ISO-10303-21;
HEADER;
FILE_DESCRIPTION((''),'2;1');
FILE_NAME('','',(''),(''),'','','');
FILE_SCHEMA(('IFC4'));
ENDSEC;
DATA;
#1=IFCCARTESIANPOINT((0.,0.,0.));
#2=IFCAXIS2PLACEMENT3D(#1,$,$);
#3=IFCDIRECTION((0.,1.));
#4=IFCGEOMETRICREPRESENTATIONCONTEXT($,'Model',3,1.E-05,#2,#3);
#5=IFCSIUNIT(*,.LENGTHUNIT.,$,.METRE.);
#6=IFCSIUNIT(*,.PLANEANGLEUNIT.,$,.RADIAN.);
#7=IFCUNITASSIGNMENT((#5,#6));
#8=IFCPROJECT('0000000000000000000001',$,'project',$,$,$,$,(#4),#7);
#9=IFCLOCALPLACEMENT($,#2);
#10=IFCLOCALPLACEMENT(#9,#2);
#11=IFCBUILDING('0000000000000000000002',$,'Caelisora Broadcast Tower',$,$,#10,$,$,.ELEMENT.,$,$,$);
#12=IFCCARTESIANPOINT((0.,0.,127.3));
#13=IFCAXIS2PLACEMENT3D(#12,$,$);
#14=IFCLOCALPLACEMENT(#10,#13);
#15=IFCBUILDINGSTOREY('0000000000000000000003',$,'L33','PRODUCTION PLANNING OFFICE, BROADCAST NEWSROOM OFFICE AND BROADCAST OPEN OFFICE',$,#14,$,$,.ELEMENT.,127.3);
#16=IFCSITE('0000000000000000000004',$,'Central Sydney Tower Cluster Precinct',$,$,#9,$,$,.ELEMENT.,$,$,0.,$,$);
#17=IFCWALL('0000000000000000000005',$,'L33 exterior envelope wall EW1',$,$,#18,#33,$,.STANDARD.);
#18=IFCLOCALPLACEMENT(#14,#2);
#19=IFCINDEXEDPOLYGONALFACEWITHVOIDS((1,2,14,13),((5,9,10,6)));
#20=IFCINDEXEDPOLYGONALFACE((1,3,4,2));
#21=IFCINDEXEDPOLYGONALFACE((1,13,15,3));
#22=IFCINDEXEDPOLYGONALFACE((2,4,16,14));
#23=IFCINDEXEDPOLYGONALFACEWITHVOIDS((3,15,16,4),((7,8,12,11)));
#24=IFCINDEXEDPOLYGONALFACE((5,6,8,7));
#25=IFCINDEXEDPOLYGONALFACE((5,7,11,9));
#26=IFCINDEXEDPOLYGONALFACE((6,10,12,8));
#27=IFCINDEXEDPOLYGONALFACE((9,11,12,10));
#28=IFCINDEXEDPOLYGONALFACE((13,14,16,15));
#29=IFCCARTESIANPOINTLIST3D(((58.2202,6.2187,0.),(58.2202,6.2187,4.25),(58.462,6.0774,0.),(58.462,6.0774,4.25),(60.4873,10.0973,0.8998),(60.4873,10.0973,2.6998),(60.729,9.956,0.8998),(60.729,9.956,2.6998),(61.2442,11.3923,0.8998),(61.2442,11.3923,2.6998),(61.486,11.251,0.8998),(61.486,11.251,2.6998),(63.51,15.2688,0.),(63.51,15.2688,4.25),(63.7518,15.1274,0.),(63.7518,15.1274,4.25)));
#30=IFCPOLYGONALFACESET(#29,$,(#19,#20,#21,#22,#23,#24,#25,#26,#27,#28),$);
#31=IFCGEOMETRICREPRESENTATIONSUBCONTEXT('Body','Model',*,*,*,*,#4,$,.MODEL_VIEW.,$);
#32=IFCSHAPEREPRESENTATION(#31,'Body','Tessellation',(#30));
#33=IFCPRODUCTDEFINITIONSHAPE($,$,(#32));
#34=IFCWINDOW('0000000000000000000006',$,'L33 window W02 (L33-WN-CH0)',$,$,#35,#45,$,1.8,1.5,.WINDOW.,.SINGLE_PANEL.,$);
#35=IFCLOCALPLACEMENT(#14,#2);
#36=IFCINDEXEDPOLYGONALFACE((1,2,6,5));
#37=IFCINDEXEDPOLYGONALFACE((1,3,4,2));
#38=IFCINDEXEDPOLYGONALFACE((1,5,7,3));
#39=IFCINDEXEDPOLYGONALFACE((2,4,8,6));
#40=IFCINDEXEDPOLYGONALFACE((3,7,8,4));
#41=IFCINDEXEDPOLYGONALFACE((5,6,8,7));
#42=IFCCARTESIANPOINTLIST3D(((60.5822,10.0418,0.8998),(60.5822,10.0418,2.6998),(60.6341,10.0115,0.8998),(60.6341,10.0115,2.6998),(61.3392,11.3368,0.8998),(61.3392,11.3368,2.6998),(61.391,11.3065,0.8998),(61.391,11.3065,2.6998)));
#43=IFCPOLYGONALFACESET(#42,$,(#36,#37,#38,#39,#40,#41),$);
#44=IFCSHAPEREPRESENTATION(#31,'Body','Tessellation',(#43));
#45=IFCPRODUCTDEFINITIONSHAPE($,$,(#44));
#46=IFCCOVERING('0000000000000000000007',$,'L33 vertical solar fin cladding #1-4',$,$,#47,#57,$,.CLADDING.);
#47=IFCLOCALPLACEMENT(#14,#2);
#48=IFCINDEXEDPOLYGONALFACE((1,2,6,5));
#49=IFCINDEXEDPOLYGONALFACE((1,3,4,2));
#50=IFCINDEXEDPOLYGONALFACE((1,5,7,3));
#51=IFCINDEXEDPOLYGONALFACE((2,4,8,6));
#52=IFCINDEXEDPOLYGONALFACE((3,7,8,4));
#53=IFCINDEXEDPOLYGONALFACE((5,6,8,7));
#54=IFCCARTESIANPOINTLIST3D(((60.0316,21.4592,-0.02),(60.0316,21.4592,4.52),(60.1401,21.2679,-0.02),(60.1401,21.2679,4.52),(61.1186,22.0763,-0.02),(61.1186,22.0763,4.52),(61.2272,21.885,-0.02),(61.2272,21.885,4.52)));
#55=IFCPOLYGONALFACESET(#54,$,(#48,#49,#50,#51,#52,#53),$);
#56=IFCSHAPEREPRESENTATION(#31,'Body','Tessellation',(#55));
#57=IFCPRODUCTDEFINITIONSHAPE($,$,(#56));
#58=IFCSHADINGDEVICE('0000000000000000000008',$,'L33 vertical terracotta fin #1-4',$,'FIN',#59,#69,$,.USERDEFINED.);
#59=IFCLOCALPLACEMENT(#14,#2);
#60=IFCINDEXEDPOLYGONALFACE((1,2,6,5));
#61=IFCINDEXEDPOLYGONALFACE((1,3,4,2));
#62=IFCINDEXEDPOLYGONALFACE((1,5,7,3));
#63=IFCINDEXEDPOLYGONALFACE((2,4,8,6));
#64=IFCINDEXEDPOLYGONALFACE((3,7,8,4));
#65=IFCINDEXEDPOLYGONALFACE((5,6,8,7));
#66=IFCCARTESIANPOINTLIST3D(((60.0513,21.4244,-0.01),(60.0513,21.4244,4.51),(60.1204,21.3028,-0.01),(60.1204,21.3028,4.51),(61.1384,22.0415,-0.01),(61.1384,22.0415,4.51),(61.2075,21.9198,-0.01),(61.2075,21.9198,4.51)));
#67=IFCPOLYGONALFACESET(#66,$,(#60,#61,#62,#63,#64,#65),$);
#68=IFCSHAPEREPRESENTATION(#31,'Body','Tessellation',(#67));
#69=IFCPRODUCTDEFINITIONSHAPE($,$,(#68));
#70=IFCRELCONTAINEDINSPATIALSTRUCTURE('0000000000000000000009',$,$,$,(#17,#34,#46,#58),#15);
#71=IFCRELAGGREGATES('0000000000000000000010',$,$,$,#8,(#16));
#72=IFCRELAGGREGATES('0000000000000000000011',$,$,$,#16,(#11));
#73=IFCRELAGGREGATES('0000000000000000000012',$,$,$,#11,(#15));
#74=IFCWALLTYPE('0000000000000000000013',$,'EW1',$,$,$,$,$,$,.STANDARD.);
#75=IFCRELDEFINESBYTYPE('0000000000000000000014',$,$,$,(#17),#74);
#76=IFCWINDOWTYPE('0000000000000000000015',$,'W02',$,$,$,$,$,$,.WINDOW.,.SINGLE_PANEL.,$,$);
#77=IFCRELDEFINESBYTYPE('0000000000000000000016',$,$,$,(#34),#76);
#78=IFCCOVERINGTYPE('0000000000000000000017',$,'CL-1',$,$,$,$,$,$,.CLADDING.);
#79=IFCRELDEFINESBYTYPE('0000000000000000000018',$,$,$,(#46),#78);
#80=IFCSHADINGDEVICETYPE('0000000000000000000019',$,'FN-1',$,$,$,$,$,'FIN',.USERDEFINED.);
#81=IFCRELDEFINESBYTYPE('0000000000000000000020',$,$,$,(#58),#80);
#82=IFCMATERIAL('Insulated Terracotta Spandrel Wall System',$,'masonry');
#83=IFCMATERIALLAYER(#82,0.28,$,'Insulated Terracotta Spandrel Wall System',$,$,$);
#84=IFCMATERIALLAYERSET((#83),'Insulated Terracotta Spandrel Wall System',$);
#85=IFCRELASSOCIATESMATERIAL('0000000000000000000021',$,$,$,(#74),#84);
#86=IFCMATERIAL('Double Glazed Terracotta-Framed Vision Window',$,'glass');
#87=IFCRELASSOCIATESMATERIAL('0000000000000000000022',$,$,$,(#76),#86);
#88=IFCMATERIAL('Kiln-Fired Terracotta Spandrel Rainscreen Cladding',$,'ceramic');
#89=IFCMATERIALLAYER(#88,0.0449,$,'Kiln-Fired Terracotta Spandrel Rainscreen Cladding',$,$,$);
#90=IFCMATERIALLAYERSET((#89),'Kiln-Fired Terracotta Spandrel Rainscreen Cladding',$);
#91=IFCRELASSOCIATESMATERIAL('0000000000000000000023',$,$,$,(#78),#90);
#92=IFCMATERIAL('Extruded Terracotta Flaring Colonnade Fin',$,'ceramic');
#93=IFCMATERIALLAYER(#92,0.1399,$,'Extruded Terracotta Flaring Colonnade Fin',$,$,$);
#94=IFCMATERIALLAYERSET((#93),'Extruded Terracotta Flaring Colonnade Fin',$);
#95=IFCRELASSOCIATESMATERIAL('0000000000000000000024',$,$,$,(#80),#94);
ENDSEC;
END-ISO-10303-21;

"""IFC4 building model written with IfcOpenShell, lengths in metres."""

from ifc_helpers import new_model, si_unit, direction, frame, frame_2d, origin, origin_2d, place, context, subcontext, project, spatial, rectangle, extrude, source, transform, mapped, material, layer, layer_set, type_object, type_shapes, element, fill, save


model = new_model("IFC4")

# Units and contexts
model_context = context("Model", 3, precision=1e-05, world=origin(), true_north=direction((0.0, 1.0)))
body_context = subcontext(model_context, "Body", "Model", "MODEL_VIEW")
ifc_project = project(units=[si_unit("LENGTHUNIT", "METRE"), si_unit("PLANEANGLEUNIT", "RADIAN")], contexts=[model_context])

# Site, building, storey
site_placement = place(None, origin())
site = spatial("IfcSite", under=ifc_project, at=site_placement, Name="Central Sydney Tower Cluster Precinct", CompositionType="ELEMENT", RefElevation=0.0)
building_placement = place(site_placement, origin())
building = spatial("IfcBuilding", under=site, at=building_placement, Name="Caelisora Broadcast Tower", CompositionType="ELEMENT")
storey_placement = place(building_placement, frame((0.0, 0.0, 127.3)))
storey = spatial("IfcBuildingStorey", under=building, at=storey_placement, Name="L33", Description="PRODUCTION PLANNING OFFICE, BROADCAST NEWSROOM OFFICE AND BROADCAST OPEN OFFICE", CompositionType="ELEMENT", Elevation=127.3)

# Wall, opening, window
ifc_material_1 = material(Name="Insulated Terracotta Spandrel Wall System", Category="masonry")
ifc_layer_1 = layer(ifc_material_1, 0.28, Name="Insulated Terracotta Spandrel Wall System")
ifc_layer_set_1 = layer_set([ifc_layer_1], Name="Insulated Terracotta Spandrel Wall System")
wall_type = type_object("IfcWallType", Name="EW1", PredefinedType="STANDARD", material=ifc_layer_set_1)
wall_placement = place(storey_placement, frame((63.6309, 15.198, 0.0), z_axis=(0.0, 0.0, 1.0), x_axis=(-0.504625, -0.863338, 0.0)))
wall = element("IfcWall", 1, at=wall_placement, inside=storey, type_object=wall_type, Name="L33 exterior envelope wall EW1", PredefinedType="STANDARD", context=body_context, shape_type="SweptSolid", body=[
    extrude(rectangle(XDim=10.4827, YDim=0.28, at=frame_2d((5.2412, 0.0))), origin(), (0.0, 0.0, 1.0), 4.25),
])
opening_placement = place(wall_placement, frame((4.49, 0.0, 0.8999)))
opening = element("IfcOpeningElement", 2, at=opening_placement, cuts=wall, PredefinedType="OPENING", context=body_context, shape_type="SweptSolid", body=[
    extrude(rectangle(XDim=1.5, YDim=1.8, at=frame_2d((0.75, 0.8999))), frame((0.0, 0.1521, 0.0), z_axis=(0.0, -1.0, 0.0), x_axis=(1.0, 0.0, 0.0)), (0.0, 0.0, 1.0), 0.304),
])
ifc_material_2 = material(Name="Double Glazed Terracotta-Framed Vision Window", Category="glass")
window_type = type_object("IfcWindowType", Name="W02", PartitioningType="SINGLE_PANEL", PredefinedType="WINDOW", material=ifc_material_2)
window_placement = place(opening_placement, origin())
window = element("IfcWindow", 3, at=window_placement, inside=storey, type_object=window_type, Name="L33 window W02 (L33-WN-CH0)", OverallHeight=1.8, OverallWidth=1.5, PartitioningType="SINGLE_PANEL", PredefinedType="WINDOW", context=body_context, shape_type="SweptSolid", body=[
    extrude(rectangle(XDim=1.5, YDim=1.8, at=frame_2d((0.75, 0.8999))), frame((0.0, 0.03, 0.0), z_axis=(0.0, -1.0, 0.0), x_axis=(1.0, 0.0, 0.0)), (0.0, 0.0, 1.0), 0.0601),
])
fill(opening, window)

# Covering
ifc_material_3 = material(Name="Kiln-Fired Terracotta Spandrel Rainscreen Cladding", Category="ceramic")
ifc_layer_2 = layer(ifc_material_3, 0.0449, Name="Kiln-Fired Terracotta Spandrel Rainscreen Cladding")
ifc_layer_set_2 = layer_set([ifc_layer_2], Name="Kiln-Fired Terracotta Spandrel Rainscreen Cladding")
covering_type = type_object("IfcCoveringType", Name="CL-1", PredefinedType="CLADDING", material=ifc_layer_set_2)
shared_shape_1 = source(origin(), body_context, "Body", "SweptSolid", [
    extrude(rectangle(XDim=0.22, YDim=1.25, at=origin_2d()), origin(), (0.0, 0.0, 1.0), 4.54),
])
type_shapes(covering_type, [shared_shape_1])
covering_placement = place(storey_placement, frame((60.6294, 21.6721, -0.02), z_axis=(0.0, 0.0, 1.0), x_axis=(0.493638, -0.869667, 0.0)))
element("IfcCovering", 4, at=covering_placement, inside=storey, type_object=covering_type, Name="L33 vertical solar fin cladding #1-4", PredefinedType="CLADDING", context=body_context, shape_type="MappedRepresentation", body=[
    mapped(shared_shape_1, transform((0.0, 0.0, 0.0), scale=1.0)),
])

# Shading device
ifc_material_4 = material(Name="Extruded Terracotta Flaring Colonnade Fin", Category="ceramic")
ifc_layer_3 = layer(ifc_material_4, 0.1399, Name="Extruded Terracotta Flaring Colonnade Fin")
ifc_layer_set_3 = layer_set([ifc_layer_3], Name="Extruded Terracotta Flaring Colonnade Fin")
shading_device_type = type_object("IfcShadingDeviceType", Name="FN-1", ElementType="FIN", PredefinedType="USERDEFINED", material=ifc_layer_set_3)
shared_shape_2 = source(origin(), body_context, "Body", "SweptSolid", [
    extrude(rectangle(XDim=0.1399, YDim=1.25, at=origin_2d()), origin(), (0.0, 0.0, 1.0), 4.52),
])
type_shapes(shading_device_type, [shared_shape_2])
shading_device_placement = place(storey_placement, frame((60.6294, 21.6721, -0.01), z_axis=(0.0, 0.0, 1.0), x_axis=(0.493638, -0.869667, 0.0)))
element("IfcShadingDevice", 5, at=shading_device_placement, inside=storey, type_object=shading_device_type, Name="L33 vertical terracotta fin #1-4", ObjectType="FIN", PredefinedType="USERDEFINED", context=body_context, shape_type="MappedRepresentation", body=[
    mapped(shared_shape_2, transform((0.0, 0.0, 0.0), scale=1.0)),
])

save(model, "model.ifc")
